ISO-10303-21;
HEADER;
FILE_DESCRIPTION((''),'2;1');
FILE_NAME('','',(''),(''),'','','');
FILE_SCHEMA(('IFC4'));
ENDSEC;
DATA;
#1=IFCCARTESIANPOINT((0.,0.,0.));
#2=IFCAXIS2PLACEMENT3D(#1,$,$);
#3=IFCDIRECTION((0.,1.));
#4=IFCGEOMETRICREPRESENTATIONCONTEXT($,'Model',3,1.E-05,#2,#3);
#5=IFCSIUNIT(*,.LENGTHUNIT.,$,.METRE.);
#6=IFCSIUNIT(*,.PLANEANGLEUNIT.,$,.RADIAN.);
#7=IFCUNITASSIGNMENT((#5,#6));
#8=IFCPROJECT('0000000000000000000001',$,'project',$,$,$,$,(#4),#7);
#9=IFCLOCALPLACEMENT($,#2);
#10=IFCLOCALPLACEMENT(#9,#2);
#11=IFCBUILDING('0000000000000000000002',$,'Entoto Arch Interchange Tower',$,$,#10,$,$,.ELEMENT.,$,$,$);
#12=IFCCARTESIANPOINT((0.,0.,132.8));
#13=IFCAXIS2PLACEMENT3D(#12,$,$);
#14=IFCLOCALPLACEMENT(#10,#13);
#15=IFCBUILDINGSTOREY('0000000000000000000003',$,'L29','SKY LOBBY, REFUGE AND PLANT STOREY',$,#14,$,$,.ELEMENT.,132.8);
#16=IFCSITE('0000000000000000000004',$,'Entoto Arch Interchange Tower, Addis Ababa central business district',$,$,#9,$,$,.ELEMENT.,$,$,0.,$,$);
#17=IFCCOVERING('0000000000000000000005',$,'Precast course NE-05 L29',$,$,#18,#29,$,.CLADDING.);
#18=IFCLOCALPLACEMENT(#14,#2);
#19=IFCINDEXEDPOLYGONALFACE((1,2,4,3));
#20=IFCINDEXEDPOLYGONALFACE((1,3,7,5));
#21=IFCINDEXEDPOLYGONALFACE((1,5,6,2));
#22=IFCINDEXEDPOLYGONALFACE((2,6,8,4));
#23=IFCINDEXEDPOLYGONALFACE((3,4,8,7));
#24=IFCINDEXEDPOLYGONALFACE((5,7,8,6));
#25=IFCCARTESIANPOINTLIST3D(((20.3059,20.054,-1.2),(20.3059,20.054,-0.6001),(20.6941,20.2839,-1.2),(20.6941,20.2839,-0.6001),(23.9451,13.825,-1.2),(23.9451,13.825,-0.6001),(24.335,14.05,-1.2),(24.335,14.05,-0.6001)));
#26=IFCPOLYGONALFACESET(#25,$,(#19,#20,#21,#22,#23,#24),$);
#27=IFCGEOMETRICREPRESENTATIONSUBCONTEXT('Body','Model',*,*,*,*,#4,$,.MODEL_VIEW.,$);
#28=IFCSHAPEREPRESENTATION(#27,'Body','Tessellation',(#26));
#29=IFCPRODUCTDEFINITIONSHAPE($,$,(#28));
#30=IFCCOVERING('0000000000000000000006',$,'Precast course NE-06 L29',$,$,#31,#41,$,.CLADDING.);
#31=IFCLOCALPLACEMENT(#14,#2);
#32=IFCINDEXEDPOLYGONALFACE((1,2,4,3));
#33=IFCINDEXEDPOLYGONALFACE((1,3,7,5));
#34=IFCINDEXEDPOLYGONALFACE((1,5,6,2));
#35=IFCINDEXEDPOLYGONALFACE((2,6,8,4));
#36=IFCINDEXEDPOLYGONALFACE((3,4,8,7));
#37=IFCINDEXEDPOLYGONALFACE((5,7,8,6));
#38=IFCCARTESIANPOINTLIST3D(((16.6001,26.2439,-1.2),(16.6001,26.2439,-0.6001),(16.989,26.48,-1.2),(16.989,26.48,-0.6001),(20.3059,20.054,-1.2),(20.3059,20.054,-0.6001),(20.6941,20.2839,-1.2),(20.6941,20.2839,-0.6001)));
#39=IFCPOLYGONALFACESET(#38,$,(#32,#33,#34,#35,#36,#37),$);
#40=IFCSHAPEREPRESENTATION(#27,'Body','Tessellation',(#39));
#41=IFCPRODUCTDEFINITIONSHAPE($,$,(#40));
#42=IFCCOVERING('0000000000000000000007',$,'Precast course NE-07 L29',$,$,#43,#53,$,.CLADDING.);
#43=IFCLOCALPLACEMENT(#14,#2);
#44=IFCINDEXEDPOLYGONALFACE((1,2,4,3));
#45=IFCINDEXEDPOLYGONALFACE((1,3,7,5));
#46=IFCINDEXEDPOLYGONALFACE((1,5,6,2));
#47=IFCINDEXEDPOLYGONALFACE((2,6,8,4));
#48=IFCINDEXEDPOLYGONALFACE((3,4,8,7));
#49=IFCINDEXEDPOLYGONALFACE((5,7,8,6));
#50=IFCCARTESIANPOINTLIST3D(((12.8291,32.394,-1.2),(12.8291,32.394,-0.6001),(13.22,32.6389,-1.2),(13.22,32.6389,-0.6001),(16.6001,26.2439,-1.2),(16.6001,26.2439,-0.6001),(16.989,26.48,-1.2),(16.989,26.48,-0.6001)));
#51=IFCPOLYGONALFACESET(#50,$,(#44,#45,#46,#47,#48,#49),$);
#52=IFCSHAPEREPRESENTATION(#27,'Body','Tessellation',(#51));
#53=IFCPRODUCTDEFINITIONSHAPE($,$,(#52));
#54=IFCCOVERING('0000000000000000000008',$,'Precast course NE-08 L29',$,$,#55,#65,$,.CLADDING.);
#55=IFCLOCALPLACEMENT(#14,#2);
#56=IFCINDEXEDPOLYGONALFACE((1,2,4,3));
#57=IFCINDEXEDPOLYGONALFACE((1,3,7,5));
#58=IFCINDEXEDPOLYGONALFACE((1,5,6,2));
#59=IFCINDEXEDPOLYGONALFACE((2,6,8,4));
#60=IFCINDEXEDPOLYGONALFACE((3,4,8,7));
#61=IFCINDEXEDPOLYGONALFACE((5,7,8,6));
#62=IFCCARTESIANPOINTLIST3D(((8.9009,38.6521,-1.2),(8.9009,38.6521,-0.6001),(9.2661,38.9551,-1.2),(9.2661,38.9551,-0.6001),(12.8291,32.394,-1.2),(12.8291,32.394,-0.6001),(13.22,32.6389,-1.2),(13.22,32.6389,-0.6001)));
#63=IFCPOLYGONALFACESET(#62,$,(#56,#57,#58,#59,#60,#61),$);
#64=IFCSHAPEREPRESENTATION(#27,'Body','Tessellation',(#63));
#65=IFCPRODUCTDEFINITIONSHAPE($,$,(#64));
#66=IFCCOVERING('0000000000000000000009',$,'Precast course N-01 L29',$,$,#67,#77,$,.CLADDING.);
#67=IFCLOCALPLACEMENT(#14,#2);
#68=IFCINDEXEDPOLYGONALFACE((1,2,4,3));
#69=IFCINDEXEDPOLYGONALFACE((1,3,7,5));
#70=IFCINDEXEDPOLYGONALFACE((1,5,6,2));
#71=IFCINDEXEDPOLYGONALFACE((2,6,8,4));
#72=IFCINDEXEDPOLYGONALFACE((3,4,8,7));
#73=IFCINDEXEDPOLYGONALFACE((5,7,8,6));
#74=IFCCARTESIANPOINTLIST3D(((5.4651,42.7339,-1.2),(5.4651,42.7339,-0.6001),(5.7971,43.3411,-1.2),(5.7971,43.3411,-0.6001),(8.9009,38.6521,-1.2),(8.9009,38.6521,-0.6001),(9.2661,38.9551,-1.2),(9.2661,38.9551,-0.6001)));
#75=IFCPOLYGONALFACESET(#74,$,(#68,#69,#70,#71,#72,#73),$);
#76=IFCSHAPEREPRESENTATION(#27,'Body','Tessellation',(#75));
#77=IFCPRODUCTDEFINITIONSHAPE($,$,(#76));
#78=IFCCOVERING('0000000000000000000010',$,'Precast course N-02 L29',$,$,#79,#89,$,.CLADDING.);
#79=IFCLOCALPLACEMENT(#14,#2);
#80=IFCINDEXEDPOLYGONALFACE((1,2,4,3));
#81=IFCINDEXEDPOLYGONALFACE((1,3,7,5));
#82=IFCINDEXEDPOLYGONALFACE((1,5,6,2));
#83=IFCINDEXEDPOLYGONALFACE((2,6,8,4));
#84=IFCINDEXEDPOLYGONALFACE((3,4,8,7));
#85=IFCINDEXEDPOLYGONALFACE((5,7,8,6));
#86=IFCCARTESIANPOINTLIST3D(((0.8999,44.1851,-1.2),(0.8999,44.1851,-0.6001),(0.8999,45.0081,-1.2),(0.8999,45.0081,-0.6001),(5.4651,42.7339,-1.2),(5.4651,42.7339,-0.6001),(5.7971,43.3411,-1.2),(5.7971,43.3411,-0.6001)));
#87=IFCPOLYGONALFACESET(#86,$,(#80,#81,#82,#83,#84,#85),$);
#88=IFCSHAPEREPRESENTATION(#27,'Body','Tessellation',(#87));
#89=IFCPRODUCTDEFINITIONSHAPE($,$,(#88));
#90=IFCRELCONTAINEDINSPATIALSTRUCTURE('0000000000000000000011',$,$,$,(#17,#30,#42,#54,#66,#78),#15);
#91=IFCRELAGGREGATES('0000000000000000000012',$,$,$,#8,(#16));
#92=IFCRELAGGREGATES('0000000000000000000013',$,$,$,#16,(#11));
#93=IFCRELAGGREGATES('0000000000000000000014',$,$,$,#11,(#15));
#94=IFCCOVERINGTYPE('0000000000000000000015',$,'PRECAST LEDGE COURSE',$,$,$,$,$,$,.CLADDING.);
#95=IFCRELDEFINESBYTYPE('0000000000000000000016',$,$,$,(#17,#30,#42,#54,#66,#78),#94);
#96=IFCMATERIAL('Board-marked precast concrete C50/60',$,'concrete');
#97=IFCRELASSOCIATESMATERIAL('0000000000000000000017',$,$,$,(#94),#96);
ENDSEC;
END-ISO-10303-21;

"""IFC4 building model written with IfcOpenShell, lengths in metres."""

from ifc_helpers import new_model, si_unit, direction, frame, origin, place, context, subcontext, project, spatial, polyline, outline, extrude, material, type_object, element, save


model = new_model("IFC4")

# Units and contexts
model_context = context("Model", 3, precision=1e-05, world=origin(), true_north=direction((0.0, 1.0)))
body_context = subcontext(model_context, "Body", "Model", "MODEL_VIEW")
ifc_project = project(units=[si_unit("LENGTHUNIT", "METRE"), si_unit("PLANEANGLEUNIT", "RADIAN")], contexts=[model_context])

# Site, building, storey
site_placement = place(None, origin())
site = spatial("IfcSite", under=ifc_project, at=site_placement, Name="Entoto Arch Interchange Tower, Addis Ababa central business district", CompositionType="ELEMENT", RefElevation=0.0)
building_placement = place(site_placement, origin())
building = spatial("IfcBuilding", under=site, at=building_placement, Name="Entoto Arch Interchange Tower", CompositionType="ELEMENT")
storey_placement = place(building_placement, frame((0.0, 0.0, 132.8)))
storey = spatial("IfcBuildingStorey", under=building, at=storey_placement, Name="L29", Description="SKY LOBBY, REFUGE AND PLANT STOREY", CompositionType="ELEMENT", Elevation=132.8)

# Coverings
ifc_material = material(Name="Board-marked precast concrete C50/60", Category="concrete")
covering_type = type_object("IfcCoveringType", Name="PRECAST LEDGE COURSE", PredefinedType="CLADDING", material=ifc_material)
covering_1_placement = place(storey_placement, frame((0.0, 0.0, -1.2)))
element("IfcCovering", 1, at=covering_1_placement, inside=storey, type_object=covering_type, Name="Precast course NE-05 L29", PredefinedType="CLADDING", context=body_context, shape_type="SweptSolid", body=[
    extrude(outline(polyline([(20.3059, 20.054), (20.6941, 20.2839), (24.335, 14.05), (23.9451, 13.825), (20.3059, 20.054)])), origin(), (0.0, 0.0, 1.0), 0.5999),
])
covering_2_placement = place(storey_placement, frame((0.0, 0.0, -1.2)))
element("IfcCovering", 2, at=covering_2_placement, inside=storey, type_object=covering_type, Name="Precast course NE-06 L29", PredefinedType="CLADDING", context=body_context, shape_type="SweptSolid", body=[
    extrude(outline(polyline([(16.6001, 26.2439), (16.989, 26.48), (20.6941, 20.2839), (20.3059, 20.054), (16.6001, 26.2439)])), origin(), (0.0, 0.0, 1.0), 0.5999),
])
covering_3_placement = place(storey_placement, frame((0.0, 0.0, -1.2)))
element("IfcCovering", 3, at=covering_3_placement, inside=storey, type_object=covering_type, Name="Precast course NE-07 L29", PredefinedType="CLADDING", context=body_context, shape_type="SweptSolid", body=[
    extrude(outline(polyline([(12.8291, 32.394), (13.22, 32.6389), (16.989, 26.48), (16.6001, 26.2439), (12.8291, 32.394)])), origin(), (0.0, 0.0, 1.0), 0.5999),
])
covering_4_placement = place(storey_placement, frame((0.0, 0.0, -1.2)))
element("IfcCovering", 4, at=covering_4_placement, inside=storey, type_object=covering_type, Name="Precast course NE-08 L29", PredefinedType="CLADDING", context=body_context, shape_type="SweptSolid", body=[
    extrude(outline(polyline([(8.9009, 38.6521), (9.2661, 38.9551), (13.22, 32.6389), (12.8291, 32.394), (8.9009, 38.6521)])), origin(), (0.0, 0.0, 1.0), 0.5999),
])
covering_5_placement = place(storey_placement, frame((0.0, 0.0, -1.2)))
element("IfcCovering", 5, at=covering_5_placement, inside=storey, type_object=covering_type, Name="Precast course N-01 L29", PredefinedType="CLADDING", context=body_context, shape_type="SweptSolid", body=[
    extrude(outline(polyline([(5.4651, 42.7339), (5.7971, 43.3411), (9.2661, 38.9551), (8.9009, 38.6521), (5.4651, 42.7339)])), origin(), (0.0, 0.0, 1.0), 0.5999),
])
covering_6_placement = place(storey_placement, frame((0.0, 0.0, -1.2)))
element("IfcCovering", 6, at=covering_6_placement, inside=storey, type_object=covering_type, Name="Precast course N-02 L29", PredefinedType="CLADDING", context=body_context, shape_type="SweptSolid", body=[
    extrude(outline(polyline([(0.8999, 44.1851), (0.8999, 45.0081), (5.7971, 43.3411), (5.4651, 42.7339), (0.8999, 44.1851)])), origin(), (0.0, 0.0, 1.0), 0.5999),
])

save(model, "model.ifc")
